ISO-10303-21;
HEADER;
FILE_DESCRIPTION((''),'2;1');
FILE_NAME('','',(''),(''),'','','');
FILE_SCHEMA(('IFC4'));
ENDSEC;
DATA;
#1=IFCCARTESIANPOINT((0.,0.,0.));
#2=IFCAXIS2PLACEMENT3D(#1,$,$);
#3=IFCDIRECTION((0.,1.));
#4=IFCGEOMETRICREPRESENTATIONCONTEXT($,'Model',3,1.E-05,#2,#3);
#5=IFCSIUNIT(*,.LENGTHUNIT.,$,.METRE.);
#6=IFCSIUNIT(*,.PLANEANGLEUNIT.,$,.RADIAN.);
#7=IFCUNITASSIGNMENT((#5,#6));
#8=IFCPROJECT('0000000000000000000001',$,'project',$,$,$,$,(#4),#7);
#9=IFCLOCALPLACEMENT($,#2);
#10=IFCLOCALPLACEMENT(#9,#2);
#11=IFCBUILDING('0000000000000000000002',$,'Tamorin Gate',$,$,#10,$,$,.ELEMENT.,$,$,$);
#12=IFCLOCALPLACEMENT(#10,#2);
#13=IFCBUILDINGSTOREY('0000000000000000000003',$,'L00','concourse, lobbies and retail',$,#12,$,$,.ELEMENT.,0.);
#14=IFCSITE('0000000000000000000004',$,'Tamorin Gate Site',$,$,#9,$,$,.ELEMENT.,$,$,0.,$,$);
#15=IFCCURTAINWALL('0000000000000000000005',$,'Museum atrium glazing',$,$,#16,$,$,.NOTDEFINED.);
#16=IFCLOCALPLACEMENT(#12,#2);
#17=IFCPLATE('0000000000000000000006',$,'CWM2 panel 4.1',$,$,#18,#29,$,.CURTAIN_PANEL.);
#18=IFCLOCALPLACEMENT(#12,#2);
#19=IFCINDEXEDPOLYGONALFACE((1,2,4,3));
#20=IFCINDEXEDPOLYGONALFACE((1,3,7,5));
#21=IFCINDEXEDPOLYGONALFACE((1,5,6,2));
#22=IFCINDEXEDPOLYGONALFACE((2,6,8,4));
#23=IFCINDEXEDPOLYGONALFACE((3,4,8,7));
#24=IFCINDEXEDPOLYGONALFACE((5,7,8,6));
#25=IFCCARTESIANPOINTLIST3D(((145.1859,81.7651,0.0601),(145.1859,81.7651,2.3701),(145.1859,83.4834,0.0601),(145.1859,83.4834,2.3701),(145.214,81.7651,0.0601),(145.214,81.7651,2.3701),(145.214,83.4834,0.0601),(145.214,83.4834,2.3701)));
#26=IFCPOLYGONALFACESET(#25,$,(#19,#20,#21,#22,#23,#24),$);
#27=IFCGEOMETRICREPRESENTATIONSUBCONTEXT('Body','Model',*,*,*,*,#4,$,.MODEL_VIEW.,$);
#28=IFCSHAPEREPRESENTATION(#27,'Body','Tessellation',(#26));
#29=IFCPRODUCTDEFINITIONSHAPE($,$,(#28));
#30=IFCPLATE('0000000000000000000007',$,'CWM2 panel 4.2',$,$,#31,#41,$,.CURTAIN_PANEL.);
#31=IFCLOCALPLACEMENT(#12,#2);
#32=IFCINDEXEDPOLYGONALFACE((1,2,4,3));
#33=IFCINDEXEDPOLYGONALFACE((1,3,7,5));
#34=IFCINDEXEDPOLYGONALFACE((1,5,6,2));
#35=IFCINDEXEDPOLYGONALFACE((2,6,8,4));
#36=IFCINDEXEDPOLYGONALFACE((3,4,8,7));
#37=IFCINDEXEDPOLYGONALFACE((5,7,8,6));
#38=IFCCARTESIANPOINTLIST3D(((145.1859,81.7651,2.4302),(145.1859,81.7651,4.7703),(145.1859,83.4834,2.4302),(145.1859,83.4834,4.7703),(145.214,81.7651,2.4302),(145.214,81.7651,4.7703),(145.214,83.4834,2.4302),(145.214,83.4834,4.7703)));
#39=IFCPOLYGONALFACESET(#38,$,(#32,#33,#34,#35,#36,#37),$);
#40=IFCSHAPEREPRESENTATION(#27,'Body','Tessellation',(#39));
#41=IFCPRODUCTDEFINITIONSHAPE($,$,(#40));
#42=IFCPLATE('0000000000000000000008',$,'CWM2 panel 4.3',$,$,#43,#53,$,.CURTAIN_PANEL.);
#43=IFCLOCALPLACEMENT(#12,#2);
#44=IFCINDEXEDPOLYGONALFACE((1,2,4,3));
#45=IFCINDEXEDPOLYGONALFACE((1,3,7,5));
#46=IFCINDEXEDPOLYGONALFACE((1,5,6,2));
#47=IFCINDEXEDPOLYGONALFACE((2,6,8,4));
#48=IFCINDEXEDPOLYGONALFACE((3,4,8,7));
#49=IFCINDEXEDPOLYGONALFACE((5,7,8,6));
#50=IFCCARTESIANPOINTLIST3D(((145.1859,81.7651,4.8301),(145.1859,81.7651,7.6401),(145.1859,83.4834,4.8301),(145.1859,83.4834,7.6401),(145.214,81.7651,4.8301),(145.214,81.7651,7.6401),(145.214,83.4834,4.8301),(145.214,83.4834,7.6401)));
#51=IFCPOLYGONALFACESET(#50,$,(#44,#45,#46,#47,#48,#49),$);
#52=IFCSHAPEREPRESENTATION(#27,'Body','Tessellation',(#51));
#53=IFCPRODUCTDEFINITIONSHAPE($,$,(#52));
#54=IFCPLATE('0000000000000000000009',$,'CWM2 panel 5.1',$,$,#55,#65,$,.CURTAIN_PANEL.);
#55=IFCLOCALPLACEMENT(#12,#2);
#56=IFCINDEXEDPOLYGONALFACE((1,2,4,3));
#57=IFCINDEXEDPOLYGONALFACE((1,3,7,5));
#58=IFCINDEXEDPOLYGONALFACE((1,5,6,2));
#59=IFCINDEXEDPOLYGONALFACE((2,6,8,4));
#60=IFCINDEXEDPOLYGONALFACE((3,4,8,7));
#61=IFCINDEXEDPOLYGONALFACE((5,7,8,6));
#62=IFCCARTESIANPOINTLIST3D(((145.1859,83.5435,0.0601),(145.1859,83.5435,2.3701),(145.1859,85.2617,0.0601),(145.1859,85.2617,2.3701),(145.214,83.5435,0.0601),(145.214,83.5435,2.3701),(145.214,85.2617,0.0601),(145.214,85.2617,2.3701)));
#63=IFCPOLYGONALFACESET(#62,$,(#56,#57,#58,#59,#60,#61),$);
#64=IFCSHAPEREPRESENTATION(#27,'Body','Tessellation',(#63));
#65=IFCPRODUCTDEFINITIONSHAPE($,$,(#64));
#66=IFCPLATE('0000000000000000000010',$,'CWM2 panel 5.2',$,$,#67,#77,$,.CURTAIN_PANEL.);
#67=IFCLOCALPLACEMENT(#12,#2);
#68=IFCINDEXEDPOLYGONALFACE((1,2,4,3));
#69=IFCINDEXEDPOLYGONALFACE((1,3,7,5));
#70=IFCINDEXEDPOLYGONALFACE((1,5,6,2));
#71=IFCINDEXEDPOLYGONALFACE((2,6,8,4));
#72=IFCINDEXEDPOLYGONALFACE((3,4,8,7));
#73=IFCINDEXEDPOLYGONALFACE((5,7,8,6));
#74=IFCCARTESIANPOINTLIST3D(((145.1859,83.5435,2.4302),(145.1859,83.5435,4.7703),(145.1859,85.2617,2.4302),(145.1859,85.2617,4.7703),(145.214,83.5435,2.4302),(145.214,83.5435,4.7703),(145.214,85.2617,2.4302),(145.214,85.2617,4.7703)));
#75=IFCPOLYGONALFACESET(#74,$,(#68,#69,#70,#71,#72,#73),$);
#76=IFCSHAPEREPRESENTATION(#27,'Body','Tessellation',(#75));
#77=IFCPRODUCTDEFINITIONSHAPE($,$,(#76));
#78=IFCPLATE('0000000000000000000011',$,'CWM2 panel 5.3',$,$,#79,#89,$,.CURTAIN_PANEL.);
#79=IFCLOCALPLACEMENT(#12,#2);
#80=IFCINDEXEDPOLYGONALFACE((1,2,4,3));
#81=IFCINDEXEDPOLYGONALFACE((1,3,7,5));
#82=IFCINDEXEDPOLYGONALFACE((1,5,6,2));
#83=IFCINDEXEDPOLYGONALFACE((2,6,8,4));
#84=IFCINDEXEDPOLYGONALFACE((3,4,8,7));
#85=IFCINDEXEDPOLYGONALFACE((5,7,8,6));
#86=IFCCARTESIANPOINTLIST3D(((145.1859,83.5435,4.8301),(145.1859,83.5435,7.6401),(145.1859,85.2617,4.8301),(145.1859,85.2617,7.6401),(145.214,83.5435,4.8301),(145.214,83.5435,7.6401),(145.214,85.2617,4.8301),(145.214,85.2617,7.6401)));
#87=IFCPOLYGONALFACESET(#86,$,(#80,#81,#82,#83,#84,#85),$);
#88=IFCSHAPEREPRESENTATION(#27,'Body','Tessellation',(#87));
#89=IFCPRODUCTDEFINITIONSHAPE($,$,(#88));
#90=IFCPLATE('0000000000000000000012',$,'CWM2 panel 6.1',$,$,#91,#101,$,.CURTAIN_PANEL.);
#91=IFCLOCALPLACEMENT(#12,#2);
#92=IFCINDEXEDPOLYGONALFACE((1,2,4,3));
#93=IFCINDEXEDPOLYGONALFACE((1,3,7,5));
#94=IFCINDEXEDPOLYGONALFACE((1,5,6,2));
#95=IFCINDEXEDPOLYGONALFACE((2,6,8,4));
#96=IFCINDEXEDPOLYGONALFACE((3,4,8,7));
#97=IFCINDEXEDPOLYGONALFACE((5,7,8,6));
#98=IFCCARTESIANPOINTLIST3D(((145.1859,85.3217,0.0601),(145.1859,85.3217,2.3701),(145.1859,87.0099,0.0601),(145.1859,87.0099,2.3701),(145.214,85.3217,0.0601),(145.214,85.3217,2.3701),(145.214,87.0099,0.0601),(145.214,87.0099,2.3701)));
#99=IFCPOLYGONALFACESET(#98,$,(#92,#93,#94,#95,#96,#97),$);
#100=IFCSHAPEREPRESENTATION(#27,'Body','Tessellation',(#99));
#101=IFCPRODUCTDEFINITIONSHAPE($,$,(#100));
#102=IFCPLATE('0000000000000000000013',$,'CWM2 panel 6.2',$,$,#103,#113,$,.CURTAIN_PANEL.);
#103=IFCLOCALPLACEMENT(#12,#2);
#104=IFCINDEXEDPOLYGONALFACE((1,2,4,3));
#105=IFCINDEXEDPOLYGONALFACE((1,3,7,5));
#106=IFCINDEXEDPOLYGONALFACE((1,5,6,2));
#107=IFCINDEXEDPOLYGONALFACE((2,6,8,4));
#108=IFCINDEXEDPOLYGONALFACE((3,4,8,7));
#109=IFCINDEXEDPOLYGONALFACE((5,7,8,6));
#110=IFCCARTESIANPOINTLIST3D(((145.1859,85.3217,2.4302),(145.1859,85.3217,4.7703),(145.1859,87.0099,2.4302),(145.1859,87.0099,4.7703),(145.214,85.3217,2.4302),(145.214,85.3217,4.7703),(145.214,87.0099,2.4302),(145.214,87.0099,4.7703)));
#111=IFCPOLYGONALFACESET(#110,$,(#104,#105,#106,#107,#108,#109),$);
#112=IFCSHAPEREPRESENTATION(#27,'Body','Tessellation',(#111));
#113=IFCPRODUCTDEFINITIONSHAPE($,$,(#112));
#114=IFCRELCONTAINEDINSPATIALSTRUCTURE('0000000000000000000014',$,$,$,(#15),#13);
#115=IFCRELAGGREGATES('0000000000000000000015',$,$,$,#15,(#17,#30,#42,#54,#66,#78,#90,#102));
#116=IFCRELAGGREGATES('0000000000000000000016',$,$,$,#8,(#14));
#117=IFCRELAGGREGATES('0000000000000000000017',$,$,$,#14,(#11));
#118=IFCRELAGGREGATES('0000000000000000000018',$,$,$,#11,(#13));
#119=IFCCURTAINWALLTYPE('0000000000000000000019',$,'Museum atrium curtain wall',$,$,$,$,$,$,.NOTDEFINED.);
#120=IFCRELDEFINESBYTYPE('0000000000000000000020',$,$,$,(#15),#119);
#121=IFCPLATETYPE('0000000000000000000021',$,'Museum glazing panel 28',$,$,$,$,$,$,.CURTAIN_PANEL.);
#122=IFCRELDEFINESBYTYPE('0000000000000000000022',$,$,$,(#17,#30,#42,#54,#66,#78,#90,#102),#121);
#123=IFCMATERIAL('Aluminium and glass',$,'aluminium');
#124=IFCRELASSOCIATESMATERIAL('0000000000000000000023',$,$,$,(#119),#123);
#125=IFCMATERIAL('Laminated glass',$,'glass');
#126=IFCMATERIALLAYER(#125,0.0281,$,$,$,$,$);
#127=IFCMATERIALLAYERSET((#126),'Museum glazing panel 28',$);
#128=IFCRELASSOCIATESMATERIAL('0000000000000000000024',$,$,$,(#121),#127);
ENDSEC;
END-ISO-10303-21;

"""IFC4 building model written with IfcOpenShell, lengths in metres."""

from ifc_helpers import new_model, si_unit, direction, frame, origin, origin_2d, place, context, subcontext, project, spatial, rectangle, extrude, material, layer, layer_set, type_object, element, aggregate, save


model = new_model("IFC4")

# Units and contexts
model_context = context("Model", 3, precision=1e-05, world=origin(), true_north=direction((0.0, 1.0)))
body_context = subcontext(model_context, "Body", "Model", "MODEL_VIEW")
ifc_project = project(units=[si_unit("LENGTHUNIT", "METRE"), si_unit("PLANEANGLEUNIT", "RADIAN")], contexts=[model_context])

# Site, building, storey
site_placement = place(None, origin())
site = spatial("IfcSite", under=ifc_project, at=site_placement, Name="Tamorin Gate Site", CompositionType="ELEMENT", RefElevation=0.0)
building_placement = place(site_placement, origin())
building = spatial("IfcBuilding", under=site, at=building_placement, Name="Tamorin Gate", CompositionType="ELEMENT")
storey_placement = place(building_placement, origin())
storey = spatial("IfcBuildingStorey", under=building, at=storey_placement, Name="L00", Description="concourse, lobbies and retail", CompositionType="ELEMENT", Elevation=0.0)

# Curtain wall, plates
ifc_material_1 = material(Name="Aluminium and glass", Category="aluminium")
curtain_wall_type = type_object("IfcCurtainWallType", Name="Museum atrium curtain wall", PredefinedType="NOTDEFINED", material=ifc_material_1)
curtain_wall_placement = place(storey_placement, origin())
curtain_wall = element("IfcCurtainWall", 1, at=curtain_wall_placement, inside=storey, type_object=curtain_wall_type, Name="Museum atrium glazing", PredefinedType="NOTDEFINED")
ifc_material_2 = material(Name="Laminated glass", Category="glass")
ifc_layer = layer(ifc_material_2, 0.0281)
ifc_layer_set = layer_set([ifc_layer], Name="Museum glazing panel 28")
plate_type = type_object("IfcPlateType", Name="Museum glazing panel 28", PredefinedType="CURTAIN_PANEL", material=ifc_layer_set)
plate_1_placement = place(storey_placement, frame((145.2, 82.6243, 0.0601), z_axis=(0.0, 0.0, 1.0), x_axis=(0.0, 1.0, 0.0)))
plate_1 = element("IfcPlate", 2, at=plate_1_placement, type_object=plate_type, Name="CWM2 panel 4.1", PredefinedType="CURTAIN_PANEL", context=body_context, shape_type="SweptSolid", body=[
    extrude(rectangle(XDim=1.7183, YDim=0.0281, at=origin_2d()), origin(), (0.0, 0.0, 1.0), 2.3101),
])
plate_2_placement = place(storey_placement, frame((145.2, 82.6243, 2.4302), z_axis=(0.0, 0.0, 1.0), x_axis=(0.0, 1.0, 0.0)))
plate_2 = element("IfcPlate", 3, at=plate_2_placement, type_object=plate_type, Name="CWM2 panel 4.2", PredefinedType="CURTAIN_PANEL", context=body_context, shape_type="SweptSolid", body=[
    extrude(rectangle(XDim=1.7183, YDim=0.0281, at=origin_2d()), origin(), (0.0, 0.0, 1.0), 2.3401),
])
plate_3_placement = place(storey_placement, frame((145.2, 82.6243, 4.8301), z_axis=(0.0, 0.0, 1.0), x_axis=(0.0, 1.0, 0.0)))
plate_3 = element("IfcPlate", 4, at=plate_3_placement, type_object=plate_type, Name="CWM2 panel 4.3", PredefinedType="CURTAIN_PANEL", context=body_context, shape_type="SweptSolid", body=[
    extrude(rectangle(XDim=1.7183, YDim=0.0281, at=origin_2d()), origin(), (0.0, 0.0, 1.0), 2.8101),
])
plate_4_placement = place(storey_placement, frame((145.2, 84.4026, 0.0601), z_axis=(0.0, 0.0, 1.0), x_axis=(0.0, 1.0, 0.0)))
plate_4 = element("IfcPlate", 5, at=plate_4_placement, type_object=plate_type, Name="CWM2 panel 5.1", PredefinedType="CURTAIN_PANEL", context=body_context, shape_type="SweptSolid", body=[
    extrude(rectangle(XDim=1.7183, YDim=0.0281, at=origin_2d()), origin(), (0.0, 0.0, 1.0), 2.3101),
])
plate_5_placement = place(storey_placement, frame((145.2, 84.4026, 2.4302), z_axis=(0.0, 0.0, 1.0), x_axis=(0.0, 1.0, 0.0)))
plate_5 = element("IfcPlate", 6, at=plate_5_placement, type_object=plate_type, Name="CWM2 panel 5.2", PredefinedType="CURTAIN_PANEL", context=body_context, shape_type="SweptSolid", body=[
    extrude(rectangle(XDim=1.7183, YDim=0.0281, at=origin_2d()), origin(), (0.0, 0.0, 1.0), 2.3401),
])
plate_6_placement = place(storey_placement, frame((145.2, 84.4026, 4.8301), z_axis=(0.0, 0.0, 1.0), x_axis=(0.0, 1.0, 0.0)))
plate_6 = element("IfcPlate", 7, at=plate_6_placement, type_object=plate_type, Name="CWM2 panel 5.3", PredefinedType="CURTAIN_PANEL", context=body_context, shape_type="SweptSolid", body=[
    extrude(rectangle(XDim=1.7183, YDim=0.0281, at=origin_2d()), origin(), (0.0, 0.0, 1.0), 2.8101),
])
plate_7_placement = place(storey_placement, frame((145.2, 86.1658, 0.0601), z_axis=(0.0, 0.0, 1.0), x_axis=(0.0, 1.0, 0.0)))
plate_7 = element("IfcPlate", 8, at=plate_7_placement, type_object=plate_type, Name="CWM2 panel 6.1", PredefinedType="CURTAIN_PANEL", context=body_context, shape_type="SweptSolid", body=[
    extrude(rectangle(XDim=1.6882, YDim=0.0281, at=origin_2d()), origin(), (0.0, 0.0, 1.0), 2.3101),
])
plate_8_placement = place(storey_placement, frame((145.2, 86.1658, 2.4302), z_axis=(0.0, 0.0, 1.0), x_axis=(0.0, 1.0, 0.0)))
plate_8 = element("IfcPlate", 9, at=plate_8_placement, type_object=plate_type, Name="CWM2 panel 6.2", PredefinedType="CURTAIN_PANEL", context=body_context, shape_type="SweptSolid", body=[
    extrude(rectangle(XDim=1.6882, YDim=0.0281, at=origin_2d()), origin(), (0.0, 0.0, 1.0), 2.3401),
])
aggregate(curtain_wall, [plate_1, plate_2, plate_3, plate_4, plate_5, plate_6, plate_7, plate_8])

save(model, "model.ifc")
